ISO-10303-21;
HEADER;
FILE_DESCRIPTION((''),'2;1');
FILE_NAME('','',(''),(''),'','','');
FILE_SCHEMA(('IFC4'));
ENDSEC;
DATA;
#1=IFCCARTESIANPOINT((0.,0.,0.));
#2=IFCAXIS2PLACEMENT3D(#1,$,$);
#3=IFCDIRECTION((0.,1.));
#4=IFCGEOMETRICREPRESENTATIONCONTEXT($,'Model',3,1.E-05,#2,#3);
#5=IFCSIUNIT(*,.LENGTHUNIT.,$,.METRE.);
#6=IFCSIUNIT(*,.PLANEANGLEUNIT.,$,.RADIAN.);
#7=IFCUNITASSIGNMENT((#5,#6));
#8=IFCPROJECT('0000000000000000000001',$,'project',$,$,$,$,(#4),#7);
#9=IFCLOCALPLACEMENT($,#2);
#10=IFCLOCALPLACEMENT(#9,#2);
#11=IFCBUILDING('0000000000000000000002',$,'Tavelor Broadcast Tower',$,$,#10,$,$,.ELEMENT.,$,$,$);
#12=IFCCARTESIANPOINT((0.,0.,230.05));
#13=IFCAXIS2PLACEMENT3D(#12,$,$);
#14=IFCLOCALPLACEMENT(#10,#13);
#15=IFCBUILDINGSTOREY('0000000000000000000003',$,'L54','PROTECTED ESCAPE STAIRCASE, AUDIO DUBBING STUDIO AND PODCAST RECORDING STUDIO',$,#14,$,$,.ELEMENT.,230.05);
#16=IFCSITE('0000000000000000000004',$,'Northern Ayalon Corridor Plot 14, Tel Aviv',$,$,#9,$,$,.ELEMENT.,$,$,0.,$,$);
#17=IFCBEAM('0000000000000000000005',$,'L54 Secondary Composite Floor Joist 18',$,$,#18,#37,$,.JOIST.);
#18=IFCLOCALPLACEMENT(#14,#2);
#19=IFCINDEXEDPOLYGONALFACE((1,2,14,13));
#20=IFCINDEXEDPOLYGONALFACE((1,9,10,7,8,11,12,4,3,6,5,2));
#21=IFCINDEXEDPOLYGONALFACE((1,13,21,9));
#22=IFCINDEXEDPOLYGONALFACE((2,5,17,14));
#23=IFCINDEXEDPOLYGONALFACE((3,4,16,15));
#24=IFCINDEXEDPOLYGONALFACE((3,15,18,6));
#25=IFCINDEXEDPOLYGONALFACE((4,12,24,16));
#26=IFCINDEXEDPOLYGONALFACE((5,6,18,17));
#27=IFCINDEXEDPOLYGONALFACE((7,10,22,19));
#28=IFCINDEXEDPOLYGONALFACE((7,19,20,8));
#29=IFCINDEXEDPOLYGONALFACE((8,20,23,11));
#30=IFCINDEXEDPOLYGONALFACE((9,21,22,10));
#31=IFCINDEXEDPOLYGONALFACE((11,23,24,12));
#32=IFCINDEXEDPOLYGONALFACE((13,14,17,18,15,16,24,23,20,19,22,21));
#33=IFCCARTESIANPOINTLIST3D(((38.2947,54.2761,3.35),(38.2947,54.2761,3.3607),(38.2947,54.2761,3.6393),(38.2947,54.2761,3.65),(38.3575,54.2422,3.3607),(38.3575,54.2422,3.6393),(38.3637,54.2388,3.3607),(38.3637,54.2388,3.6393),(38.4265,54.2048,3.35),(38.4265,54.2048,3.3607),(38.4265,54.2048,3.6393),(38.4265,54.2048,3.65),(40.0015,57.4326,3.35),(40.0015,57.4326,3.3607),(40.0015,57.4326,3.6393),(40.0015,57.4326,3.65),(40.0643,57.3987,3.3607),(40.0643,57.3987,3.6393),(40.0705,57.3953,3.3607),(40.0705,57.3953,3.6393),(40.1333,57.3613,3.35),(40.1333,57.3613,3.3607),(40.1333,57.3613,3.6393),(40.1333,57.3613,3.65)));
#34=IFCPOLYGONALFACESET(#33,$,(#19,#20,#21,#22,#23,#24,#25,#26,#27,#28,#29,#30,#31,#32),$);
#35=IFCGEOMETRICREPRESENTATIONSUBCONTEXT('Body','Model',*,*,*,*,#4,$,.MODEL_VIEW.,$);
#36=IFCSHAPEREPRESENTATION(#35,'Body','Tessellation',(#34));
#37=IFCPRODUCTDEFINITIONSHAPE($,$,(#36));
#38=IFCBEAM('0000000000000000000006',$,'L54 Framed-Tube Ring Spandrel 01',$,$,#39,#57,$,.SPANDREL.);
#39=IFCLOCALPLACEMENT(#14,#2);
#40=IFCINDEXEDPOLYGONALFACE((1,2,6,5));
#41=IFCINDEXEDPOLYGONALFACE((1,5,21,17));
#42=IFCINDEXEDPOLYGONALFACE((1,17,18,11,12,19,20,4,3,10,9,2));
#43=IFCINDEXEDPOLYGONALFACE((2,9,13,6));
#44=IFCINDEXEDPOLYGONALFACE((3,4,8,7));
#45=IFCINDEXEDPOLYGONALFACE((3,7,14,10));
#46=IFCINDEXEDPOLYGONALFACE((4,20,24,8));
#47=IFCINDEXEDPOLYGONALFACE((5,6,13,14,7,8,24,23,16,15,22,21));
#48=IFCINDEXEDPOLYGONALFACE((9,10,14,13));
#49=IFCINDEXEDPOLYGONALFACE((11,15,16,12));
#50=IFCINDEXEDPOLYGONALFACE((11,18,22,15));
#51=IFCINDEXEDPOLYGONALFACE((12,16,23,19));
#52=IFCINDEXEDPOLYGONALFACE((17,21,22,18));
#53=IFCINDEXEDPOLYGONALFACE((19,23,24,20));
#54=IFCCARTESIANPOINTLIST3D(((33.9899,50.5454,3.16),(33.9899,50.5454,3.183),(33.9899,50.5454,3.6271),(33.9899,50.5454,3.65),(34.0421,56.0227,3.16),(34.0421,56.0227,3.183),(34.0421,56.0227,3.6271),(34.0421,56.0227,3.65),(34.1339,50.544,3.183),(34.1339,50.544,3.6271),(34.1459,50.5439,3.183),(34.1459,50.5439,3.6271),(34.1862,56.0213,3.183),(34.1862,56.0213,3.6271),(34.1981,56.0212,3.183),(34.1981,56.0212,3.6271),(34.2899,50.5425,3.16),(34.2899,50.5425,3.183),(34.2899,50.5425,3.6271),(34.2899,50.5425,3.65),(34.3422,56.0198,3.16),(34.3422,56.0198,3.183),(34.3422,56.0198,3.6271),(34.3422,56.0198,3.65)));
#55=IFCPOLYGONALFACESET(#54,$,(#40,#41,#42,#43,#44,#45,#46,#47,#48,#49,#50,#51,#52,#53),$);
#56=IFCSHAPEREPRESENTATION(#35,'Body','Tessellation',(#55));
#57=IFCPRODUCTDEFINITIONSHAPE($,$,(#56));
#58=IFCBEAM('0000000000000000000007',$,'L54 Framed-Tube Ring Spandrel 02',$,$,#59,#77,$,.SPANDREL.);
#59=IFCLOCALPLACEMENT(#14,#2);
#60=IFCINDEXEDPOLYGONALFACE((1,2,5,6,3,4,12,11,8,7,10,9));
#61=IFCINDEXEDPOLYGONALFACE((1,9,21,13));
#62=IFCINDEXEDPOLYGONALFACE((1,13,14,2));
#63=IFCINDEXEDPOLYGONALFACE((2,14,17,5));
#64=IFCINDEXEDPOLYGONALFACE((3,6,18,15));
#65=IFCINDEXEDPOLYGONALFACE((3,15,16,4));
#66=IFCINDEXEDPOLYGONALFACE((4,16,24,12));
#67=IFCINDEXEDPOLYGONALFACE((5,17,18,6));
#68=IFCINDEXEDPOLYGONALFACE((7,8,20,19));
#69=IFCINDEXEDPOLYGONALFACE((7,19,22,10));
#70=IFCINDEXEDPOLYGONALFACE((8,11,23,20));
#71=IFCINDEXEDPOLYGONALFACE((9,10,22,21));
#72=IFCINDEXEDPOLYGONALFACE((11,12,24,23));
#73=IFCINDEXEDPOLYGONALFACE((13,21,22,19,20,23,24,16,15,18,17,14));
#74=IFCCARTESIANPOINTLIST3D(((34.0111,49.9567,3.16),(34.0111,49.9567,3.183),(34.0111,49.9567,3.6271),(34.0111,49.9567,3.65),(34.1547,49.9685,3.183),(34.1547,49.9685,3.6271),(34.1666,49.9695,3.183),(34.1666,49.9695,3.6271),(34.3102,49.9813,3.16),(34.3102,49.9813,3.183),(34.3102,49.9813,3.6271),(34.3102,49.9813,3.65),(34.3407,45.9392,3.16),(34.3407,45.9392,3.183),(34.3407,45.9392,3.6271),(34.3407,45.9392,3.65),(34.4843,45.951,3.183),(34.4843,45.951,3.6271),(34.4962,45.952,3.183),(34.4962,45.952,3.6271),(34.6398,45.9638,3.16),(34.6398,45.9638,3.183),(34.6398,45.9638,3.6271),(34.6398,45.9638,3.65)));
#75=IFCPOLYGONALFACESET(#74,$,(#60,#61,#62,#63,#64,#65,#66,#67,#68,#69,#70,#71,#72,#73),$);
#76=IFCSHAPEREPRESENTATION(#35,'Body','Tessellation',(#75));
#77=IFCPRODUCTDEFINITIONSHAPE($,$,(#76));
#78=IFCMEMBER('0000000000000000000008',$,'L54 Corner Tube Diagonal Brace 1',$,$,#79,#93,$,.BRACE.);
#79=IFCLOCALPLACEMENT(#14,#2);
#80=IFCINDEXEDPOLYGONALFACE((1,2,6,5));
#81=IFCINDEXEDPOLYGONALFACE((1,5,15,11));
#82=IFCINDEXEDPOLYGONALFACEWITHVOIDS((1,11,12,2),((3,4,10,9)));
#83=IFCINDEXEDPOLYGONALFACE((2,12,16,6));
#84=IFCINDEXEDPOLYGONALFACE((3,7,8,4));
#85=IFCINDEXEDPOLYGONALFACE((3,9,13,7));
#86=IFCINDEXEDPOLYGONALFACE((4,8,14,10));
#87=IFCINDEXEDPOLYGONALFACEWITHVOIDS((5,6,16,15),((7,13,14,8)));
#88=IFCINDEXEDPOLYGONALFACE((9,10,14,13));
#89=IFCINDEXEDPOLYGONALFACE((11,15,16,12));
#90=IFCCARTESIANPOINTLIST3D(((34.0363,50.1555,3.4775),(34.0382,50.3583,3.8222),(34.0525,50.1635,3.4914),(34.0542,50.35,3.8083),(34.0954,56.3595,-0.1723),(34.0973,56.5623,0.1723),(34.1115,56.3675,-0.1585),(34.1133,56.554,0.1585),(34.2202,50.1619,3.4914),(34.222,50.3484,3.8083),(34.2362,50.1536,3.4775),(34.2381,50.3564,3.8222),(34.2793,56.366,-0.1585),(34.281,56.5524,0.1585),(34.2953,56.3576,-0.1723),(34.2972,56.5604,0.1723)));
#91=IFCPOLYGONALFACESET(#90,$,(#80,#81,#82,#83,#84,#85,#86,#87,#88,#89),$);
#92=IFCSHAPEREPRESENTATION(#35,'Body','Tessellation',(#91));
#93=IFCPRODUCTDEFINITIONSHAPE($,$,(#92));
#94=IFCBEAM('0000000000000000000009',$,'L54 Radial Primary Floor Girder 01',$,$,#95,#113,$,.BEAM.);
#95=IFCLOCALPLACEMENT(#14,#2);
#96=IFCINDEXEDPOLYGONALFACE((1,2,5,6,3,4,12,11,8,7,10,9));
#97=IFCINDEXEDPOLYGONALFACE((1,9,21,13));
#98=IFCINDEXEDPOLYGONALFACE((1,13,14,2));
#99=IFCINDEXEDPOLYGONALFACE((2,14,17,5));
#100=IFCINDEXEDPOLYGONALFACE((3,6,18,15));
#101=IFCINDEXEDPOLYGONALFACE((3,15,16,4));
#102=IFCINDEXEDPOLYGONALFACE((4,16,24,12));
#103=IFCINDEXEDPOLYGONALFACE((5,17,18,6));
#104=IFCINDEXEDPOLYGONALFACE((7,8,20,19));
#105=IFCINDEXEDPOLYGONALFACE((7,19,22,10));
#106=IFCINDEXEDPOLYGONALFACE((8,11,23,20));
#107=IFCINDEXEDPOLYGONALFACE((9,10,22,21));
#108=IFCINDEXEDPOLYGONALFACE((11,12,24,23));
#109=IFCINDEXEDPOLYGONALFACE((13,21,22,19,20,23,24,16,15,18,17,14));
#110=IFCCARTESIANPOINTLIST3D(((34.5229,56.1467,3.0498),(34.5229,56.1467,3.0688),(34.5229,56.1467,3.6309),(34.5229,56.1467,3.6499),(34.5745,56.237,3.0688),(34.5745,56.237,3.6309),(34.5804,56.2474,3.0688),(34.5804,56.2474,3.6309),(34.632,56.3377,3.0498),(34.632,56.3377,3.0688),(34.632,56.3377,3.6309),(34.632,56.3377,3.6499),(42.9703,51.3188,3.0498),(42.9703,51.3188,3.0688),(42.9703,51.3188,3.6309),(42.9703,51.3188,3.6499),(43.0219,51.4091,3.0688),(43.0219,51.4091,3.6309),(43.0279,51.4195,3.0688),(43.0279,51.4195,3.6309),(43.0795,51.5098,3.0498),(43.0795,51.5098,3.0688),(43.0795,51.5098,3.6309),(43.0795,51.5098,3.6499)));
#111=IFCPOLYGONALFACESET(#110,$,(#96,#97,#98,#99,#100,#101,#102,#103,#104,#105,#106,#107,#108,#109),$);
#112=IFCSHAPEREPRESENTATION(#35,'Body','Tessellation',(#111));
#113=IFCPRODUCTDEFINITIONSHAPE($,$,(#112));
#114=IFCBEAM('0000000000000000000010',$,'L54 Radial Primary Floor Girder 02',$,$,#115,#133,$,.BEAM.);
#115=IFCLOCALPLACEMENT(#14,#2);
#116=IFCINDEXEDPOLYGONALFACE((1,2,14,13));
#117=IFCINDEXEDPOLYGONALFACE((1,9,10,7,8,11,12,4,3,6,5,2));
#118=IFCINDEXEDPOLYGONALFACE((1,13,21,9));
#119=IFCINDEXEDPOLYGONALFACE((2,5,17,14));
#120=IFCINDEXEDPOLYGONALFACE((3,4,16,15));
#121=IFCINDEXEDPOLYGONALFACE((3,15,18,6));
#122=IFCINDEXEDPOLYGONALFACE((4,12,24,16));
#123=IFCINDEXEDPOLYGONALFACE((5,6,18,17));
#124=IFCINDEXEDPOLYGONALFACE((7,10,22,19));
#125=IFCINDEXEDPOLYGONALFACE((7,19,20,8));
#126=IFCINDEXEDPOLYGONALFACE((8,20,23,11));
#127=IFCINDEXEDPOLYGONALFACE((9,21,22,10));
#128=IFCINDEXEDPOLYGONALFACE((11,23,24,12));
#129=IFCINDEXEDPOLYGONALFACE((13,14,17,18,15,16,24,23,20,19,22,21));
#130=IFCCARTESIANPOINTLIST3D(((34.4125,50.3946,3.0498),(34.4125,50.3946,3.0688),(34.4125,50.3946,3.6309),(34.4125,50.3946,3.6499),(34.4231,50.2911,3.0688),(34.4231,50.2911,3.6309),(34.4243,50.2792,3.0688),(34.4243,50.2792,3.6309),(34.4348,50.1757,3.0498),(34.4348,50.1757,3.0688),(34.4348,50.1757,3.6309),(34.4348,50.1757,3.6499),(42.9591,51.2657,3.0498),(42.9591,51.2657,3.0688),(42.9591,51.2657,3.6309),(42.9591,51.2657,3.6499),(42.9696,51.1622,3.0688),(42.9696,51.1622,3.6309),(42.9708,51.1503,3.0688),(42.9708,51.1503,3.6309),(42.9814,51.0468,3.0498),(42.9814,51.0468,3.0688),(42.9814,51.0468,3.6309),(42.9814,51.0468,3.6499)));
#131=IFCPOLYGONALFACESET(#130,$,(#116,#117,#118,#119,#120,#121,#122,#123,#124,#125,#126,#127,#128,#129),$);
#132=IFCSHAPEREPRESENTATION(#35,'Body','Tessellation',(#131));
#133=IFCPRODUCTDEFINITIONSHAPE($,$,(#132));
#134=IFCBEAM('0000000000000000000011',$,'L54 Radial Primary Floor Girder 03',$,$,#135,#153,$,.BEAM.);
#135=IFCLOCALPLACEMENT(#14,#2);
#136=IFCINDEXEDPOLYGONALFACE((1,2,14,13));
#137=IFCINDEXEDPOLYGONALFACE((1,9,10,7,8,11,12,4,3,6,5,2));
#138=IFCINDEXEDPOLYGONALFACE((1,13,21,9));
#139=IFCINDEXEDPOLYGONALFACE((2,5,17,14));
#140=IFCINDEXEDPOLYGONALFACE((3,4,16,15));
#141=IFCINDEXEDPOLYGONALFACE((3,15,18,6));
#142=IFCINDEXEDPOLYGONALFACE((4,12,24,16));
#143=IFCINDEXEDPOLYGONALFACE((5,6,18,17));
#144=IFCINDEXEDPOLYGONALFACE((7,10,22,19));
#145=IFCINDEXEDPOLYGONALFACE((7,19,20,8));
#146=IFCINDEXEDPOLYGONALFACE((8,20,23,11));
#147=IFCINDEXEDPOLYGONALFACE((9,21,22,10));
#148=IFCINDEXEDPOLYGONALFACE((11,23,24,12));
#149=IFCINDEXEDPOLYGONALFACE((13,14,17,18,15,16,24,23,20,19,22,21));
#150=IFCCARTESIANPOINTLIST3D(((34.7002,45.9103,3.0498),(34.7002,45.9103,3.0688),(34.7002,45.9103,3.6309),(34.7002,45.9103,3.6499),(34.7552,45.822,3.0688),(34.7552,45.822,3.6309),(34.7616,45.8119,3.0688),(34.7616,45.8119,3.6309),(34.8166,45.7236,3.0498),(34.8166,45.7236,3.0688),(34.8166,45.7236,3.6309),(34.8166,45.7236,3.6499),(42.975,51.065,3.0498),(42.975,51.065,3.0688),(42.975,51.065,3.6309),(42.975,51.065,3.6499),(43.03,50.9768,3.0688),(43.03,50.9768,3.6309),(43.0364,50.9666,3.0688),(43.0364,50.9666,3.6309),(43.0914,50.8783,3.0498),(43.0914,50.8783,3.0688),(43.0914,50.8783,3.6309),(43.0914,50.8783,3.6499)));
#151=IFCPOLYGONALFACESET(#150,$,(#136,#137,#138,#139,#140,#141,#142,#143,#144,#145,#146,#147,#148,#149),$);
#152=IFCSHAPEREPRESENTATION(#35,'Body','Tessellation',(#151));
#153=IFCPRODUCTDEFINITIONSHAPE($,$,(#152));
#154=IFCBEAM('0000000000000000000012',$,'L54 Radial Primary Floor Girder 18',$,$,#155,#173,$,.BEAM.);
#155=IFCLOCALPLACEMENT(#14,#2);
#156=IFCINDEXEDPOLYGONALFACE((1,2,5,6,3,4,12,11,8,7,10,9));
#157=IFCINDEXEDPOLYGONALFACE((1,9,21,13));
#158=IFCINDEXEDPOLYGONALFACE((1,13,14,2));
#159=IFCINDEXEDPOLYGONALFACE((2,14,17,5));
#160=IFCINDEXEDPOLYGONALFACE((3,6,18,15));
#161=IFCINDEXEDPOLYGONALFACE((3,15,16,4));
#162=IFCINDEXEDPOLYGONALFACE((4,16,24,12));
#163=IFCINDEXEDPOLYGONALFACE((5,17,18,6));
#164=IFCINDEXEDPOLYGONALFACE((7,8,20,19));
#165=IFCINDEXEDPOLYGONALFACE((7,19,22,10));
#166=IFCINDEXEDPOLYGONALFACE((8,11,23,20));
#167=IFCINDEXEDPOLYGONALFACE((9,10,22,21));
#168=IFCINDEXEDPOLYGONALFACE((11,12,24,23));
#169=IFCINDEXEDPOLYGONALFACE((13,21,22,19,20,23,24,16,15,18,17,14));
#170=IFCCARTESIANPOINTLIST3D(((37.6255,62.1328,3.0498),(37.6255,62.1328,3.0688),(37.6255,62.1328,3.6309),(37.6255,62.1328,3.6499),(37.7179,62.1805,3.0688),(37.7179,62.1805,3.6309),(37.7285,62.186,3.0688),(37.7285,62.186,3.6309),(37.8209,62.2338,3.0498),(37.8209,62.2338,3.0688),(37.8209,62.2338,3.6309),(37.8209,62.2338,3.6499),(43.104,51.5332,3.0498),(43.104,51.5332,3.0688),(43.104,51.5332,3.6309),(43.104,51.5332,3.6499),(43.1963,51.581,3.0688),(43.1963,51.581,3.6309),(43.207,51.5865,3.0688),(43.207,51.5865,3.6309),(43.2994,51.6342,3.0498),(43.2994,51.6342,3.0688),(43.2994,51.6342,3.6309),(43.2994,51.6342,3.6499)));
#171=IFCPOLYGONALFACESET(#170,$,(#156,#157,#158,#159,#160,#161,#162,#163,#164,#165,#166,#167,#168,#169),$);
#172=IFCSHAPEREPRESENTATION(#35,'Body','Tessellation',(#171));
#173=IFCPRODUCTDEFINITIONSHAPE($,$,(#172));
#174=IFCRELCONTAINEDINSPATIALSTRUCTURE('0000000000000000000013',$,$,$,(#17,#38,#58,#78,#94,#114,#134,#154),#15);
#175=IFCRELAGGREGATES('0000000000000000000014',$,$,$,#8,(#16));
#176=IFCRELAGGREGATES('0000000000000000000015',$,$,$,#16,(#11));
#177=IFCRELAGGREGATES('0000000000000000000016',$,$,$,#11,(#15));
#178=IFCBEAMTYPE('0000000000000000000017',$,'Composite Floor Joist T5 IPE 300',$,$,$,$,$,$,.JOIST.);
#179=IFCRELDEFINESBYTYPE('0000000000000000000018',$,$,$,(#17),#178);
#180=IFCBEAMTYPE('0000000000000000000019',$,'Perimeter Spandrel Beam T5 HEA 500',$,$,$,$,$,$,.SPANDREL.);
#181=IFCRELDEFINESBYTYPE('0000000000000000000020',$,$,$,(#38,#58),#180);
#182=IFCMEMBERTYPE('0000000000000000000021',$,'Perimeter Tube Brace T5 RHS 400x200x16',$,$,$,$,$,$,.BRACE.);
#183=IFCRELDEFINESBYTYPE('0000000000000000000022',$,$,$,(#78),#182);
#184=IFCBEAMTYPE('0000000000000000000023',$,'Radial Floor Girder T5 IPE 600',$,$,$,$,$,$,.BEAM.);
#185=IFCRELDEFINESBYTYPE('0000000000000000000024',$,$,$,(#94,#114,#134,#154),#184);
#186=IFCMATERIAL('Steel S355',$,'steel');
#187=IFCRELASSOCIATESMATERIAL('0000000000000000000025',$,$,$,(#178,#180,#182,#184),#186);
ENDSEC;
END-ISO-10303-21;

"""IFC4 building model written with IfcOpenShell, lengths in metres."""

from ifc_helpers import new_model, si_unit, direction, frame, origin, origin_2d, place, context, subcontext, project, spatial, hollow_rectangle, i_section, extrude, material, material_profile, profile_set, type_object, element, save


model = new_model("IFC4")

# Units and contexts
model_context = context("Model", 3, precision=1e-05, world=origin(), true_north=direction((0.0, 1.0)))
body_context = subcontext(model_context, "Body", "Model", "MODEL_VIEW")
ifc_project = project(units=[si_unit("LENGTHUNIT", "METRE"), si_unit("PLANEANGLEUNIT", "RADIAN")], contexts=[model_context])

# Site, building, storey
site_placement = place(None, origin())
site = spatial("IfcSite", under=ifc_project, at=site_placement, Name="Northern Ayalon Corridor Plot 14, Tel Aviv", CompositionType="ELEMENT", RefElevation=0.0)
building_placement = place(site_placement, origin())
building = spatial("IfcBuilding", under=site, at=building_placement, Name="Tavelor Broadcast Tower", CompositionType="ELEMENT")
storey_placement = place(building_placement, frame((0.0, 0.0, 230.05)))
storey = spatial("IfcBuildingStorey", under=building, at=storey_placement, Name="L54", Description="PROTECTED ESCAPE STAIRCASE, AUDIO DUBBING STUDIO AND PODCAST RECORDING STUDIO", CompositionType="ELEMENT", Elevation=230.05)

# Beams
ifc_material_1 = material(Name="Steel S355", Category="steel")
ifc_material_profile_1 = material_profile(ifc_material_1, i_section(OverallWidth=0.1499, OverallDepth=0.3, WebThickness=0.0071, FlangeThickness=0.0107, at=origin_2d()), Name="IPE 300")
ifc_profile_set_1 = profile_set([ifc_material_profile_1], Name="Steel S355")
beam_type_1 = type_object("IfcBeamType", Name="Composite Floor Joist T5 IPE 300", PredefinedType="JOIST", material=ifc_profile_set_1)
beam_1_placement = place(storey_placement, frame((40.0674, 57.397, 3.5), z_axis=(-0.475641, -0.87964, 0.0), x_axis=(0.87964, -0.475641, 0.0)))
element("IfcBeam", 1, at=beam_1_placement, inside=storey, type_object=beam_type_1, Name="L54 Secondary Composite Floor Joist 18", PredefinedType="JOIST", context=body_context, shape_type="SweptSolid", body=[
    extrude(i_section(OverallWidth=0.1499, OverallDepth=0.3, WebThickness=0.0071, FlangeThickness=0.0107, at=origin_2d()), origin(), (0.0, 0.0, 1.0), 3.5884),
])
ifc_material_profile_2 = material_profile(ifc_material_1, i_section(OverallWidth=0.3, OverallDepth=0.49, WebThickness=0.012, FlangeThickness=0.0229, at=origin_2d()), Name="HEA 500")
ifc_profile_set_2 = profile_set([ifc_material_profile_2], Name="Steel S355")
beam_type_2 = type_object("IfcBeamType", Name="Perimeter Spandrel Beam T5 HEA 500", PredefinedType="SPANDREL", material=ifc_profile_set_2)
beam_2_placement = place(storey_placement, frame((34.1921, 56.0212, 3.405), z_axis=(-0.009538, -0.999955, 0.0), x_axis=(0.999955, -0.009538, 0.0)))
element("IfcBeam", 2, at=beam_2_placement, inside=storey, type_object=beam_type_2, Name="L54 Framed-Tube Ring Spandrel 01", PredefinedType="SPANDREL", context=body_context, shape_type="SweptSolid", body=[
    extrude(i_section(OverallWidth=0.3, OverallDepth=0.49, WebThickness=0.012, FlangeThickness=0.0229, at=origin_2d()), origin(), (0.0, 0.0, 1.0), 5.4775),
])
beam_3_placement = place(storey_placement, frame((34.1606, 49.969, 3.405), z_axis=(0.081762, -0.996652, 0.0), x_axis=(0.996652, 0.081762, 0.0)))
element("IfcBeam", 3, at=beam_3_placement, inside=storey, type_object=beam_type_2, Name="L54 Framed-Tube Ring Spandrel 02", PredefinedType="SPANDREL", context=body_context, shape_type="SweptSolid", body=[
    extrude(i_section(OverallWidth=0.3, OverallDepth=0.49, WebThickness=0.012, FlangeThickness=0.0229, at=origin_2d()), origin(), (0.0, 0.0, 1.0), 4.031),
])

# Member
ifc_material_profile_3 = material_profile(ifc_material_1, hollow_rectangle(XDim=0.2, YDim=0.3999, WallThickness=0.0161, at=origin_2d()), Name="RHS 400x200x16")
ifc_profile_set_3 = profile_set([ifc_material_profile_3], Name="Steel S355")
member_type = type_object("IfcMemberType", Name="Perimeter Tube Brace T5 RHS 400x200x16", PredefinedType="BRACE", material=ifc_profile_set_3)
member_placement = place(storey_placement, frame((34.1963, 56.46, 0.0), z_axis=(-0.008208, -0.861879, 0.507048), x_axis=(0.999955, -0.009523, 0.0)))
element("IfcMember", 4, at=member_placement, inside=storey, type_object=member_type, Name="L54 Corner Tube Diagonal Brace 1", PredefinedType="BRACE", context=body_context, shape_type="SweptSolid", body=[
    extrude(hollow_rectangle(XDim=0.2, YDim=0.3999, WallThickness=0.0161, at=origin_2d()), origin(), (0.0, 0.0, 1.0), 7.1982),
])

# Beams
ifc_material_profile_4 = material_profile(ifc_material_1, i_section(OverallWidth=0.22, OverallDepth=0.6001, WebThickness=0.012, FlangeThickness=0.019, at=origin_2d()), Name="IPE 600")
ifc_profile_set_4 = profile_set([ifc_material_profile_4], Name="Steel S355")
beam_type_3 = type_object("IfcBeamType", Name="Radial Floor Girder T5 IPE 600", PredefinedType="BEAM", material=ifc_profile_set_4)
beam_4_placement = place(storey_placement, frame((43.0249, 51.4143, 3.3499), z_axis=(-0.868211, 0.496196, 0.0), x_axis=(-0.496196, -0.868211, 0.0)))
element("IfcBeam", 5, at=beam_4_placement, inside=storey, type_object=beam_type_3, Name="L54 Radial Primary Floor Girder 01", PredefinedType="BEAM", context=body_context, shape_type="SweptSolid", body=[
    extrude(i_section(OverallWidth=0.22, OverallDepth=0.6001, WebThickness=0.012, FlangeThickness=0.019, at=origin_2d()), origin(), (0.0, 0.0, 1.0), 9.7297),
])
beam_5_placement = place(storey_placement, frame((42.9702, 51.1562, 3.3499), z_axis=(-0.994846, -0.101397, 0.0), x_axis=(0.101397, -0.994846, 0.0)))
element("IfcBeam", 6, at=beam_5_placement, inside=storey, type_object=beam_type_3, Name="L54 Radial Primary Floor Girder 02", PredefinedType="BEAM", context=body_context, shape_type="SweptSolid", body=[
    extrude(i_section(OverallWidth=0.22, OverallDepth=0.6001, WebThickness=0.012, FlangeThickness=0.019, at=origin_2d()), origin(), (0.0, 0.0, 1.0), 8.5908),
])
beam_6_placement = place(storey_placement, frame((43.0332, 50.9717, 3.3499), z_axis=(-0.848782, -0.528742, 0.0), x_axis=(0.528742, -0.848782, 0.0)))
element("IfcBeam", 7, at=beam_6_placement, inside=storey, type_object=beam_type_3, Name="L54 Radial Primary Floor Girder 03", PredefinedType="BEAM", context=body_context, shape_type="SweptSolid", body=[
    extrude(i_section(OverallWidth=0.22, OverallDepth=0.6001, WebThickness=0.012, FlangeThickness=0.019, at=origin_2d()), origin(), (0.0, 0.0, 1.0), 9.749),
])
beam_7_placement = place(storey_placement, frame((43.2017, 51.5837, 3.3499), z_axis=(-0.459156, 0.888356, 0.0), x_axis=(-0.888356, -0.459156, 0.0)))
element("IfcBeam", 8, at=beam_7_placement, inside=storey, type_object=beam_type_3, Name="L54 Radial Primary Floor Girder 18", PredefinedType="BEAM", context=body_context, shape_type="SweptSolid", body=[
    extrude(i_section(OverallWidth=0.22, OverallDepth=0.6001, WebThickness=0.012, FlangeThickness=0.019, at=origin_2d()), origin(), (0.0, 0.0, 1.0), 11.9316),
])

save(model, "model.ifc")
